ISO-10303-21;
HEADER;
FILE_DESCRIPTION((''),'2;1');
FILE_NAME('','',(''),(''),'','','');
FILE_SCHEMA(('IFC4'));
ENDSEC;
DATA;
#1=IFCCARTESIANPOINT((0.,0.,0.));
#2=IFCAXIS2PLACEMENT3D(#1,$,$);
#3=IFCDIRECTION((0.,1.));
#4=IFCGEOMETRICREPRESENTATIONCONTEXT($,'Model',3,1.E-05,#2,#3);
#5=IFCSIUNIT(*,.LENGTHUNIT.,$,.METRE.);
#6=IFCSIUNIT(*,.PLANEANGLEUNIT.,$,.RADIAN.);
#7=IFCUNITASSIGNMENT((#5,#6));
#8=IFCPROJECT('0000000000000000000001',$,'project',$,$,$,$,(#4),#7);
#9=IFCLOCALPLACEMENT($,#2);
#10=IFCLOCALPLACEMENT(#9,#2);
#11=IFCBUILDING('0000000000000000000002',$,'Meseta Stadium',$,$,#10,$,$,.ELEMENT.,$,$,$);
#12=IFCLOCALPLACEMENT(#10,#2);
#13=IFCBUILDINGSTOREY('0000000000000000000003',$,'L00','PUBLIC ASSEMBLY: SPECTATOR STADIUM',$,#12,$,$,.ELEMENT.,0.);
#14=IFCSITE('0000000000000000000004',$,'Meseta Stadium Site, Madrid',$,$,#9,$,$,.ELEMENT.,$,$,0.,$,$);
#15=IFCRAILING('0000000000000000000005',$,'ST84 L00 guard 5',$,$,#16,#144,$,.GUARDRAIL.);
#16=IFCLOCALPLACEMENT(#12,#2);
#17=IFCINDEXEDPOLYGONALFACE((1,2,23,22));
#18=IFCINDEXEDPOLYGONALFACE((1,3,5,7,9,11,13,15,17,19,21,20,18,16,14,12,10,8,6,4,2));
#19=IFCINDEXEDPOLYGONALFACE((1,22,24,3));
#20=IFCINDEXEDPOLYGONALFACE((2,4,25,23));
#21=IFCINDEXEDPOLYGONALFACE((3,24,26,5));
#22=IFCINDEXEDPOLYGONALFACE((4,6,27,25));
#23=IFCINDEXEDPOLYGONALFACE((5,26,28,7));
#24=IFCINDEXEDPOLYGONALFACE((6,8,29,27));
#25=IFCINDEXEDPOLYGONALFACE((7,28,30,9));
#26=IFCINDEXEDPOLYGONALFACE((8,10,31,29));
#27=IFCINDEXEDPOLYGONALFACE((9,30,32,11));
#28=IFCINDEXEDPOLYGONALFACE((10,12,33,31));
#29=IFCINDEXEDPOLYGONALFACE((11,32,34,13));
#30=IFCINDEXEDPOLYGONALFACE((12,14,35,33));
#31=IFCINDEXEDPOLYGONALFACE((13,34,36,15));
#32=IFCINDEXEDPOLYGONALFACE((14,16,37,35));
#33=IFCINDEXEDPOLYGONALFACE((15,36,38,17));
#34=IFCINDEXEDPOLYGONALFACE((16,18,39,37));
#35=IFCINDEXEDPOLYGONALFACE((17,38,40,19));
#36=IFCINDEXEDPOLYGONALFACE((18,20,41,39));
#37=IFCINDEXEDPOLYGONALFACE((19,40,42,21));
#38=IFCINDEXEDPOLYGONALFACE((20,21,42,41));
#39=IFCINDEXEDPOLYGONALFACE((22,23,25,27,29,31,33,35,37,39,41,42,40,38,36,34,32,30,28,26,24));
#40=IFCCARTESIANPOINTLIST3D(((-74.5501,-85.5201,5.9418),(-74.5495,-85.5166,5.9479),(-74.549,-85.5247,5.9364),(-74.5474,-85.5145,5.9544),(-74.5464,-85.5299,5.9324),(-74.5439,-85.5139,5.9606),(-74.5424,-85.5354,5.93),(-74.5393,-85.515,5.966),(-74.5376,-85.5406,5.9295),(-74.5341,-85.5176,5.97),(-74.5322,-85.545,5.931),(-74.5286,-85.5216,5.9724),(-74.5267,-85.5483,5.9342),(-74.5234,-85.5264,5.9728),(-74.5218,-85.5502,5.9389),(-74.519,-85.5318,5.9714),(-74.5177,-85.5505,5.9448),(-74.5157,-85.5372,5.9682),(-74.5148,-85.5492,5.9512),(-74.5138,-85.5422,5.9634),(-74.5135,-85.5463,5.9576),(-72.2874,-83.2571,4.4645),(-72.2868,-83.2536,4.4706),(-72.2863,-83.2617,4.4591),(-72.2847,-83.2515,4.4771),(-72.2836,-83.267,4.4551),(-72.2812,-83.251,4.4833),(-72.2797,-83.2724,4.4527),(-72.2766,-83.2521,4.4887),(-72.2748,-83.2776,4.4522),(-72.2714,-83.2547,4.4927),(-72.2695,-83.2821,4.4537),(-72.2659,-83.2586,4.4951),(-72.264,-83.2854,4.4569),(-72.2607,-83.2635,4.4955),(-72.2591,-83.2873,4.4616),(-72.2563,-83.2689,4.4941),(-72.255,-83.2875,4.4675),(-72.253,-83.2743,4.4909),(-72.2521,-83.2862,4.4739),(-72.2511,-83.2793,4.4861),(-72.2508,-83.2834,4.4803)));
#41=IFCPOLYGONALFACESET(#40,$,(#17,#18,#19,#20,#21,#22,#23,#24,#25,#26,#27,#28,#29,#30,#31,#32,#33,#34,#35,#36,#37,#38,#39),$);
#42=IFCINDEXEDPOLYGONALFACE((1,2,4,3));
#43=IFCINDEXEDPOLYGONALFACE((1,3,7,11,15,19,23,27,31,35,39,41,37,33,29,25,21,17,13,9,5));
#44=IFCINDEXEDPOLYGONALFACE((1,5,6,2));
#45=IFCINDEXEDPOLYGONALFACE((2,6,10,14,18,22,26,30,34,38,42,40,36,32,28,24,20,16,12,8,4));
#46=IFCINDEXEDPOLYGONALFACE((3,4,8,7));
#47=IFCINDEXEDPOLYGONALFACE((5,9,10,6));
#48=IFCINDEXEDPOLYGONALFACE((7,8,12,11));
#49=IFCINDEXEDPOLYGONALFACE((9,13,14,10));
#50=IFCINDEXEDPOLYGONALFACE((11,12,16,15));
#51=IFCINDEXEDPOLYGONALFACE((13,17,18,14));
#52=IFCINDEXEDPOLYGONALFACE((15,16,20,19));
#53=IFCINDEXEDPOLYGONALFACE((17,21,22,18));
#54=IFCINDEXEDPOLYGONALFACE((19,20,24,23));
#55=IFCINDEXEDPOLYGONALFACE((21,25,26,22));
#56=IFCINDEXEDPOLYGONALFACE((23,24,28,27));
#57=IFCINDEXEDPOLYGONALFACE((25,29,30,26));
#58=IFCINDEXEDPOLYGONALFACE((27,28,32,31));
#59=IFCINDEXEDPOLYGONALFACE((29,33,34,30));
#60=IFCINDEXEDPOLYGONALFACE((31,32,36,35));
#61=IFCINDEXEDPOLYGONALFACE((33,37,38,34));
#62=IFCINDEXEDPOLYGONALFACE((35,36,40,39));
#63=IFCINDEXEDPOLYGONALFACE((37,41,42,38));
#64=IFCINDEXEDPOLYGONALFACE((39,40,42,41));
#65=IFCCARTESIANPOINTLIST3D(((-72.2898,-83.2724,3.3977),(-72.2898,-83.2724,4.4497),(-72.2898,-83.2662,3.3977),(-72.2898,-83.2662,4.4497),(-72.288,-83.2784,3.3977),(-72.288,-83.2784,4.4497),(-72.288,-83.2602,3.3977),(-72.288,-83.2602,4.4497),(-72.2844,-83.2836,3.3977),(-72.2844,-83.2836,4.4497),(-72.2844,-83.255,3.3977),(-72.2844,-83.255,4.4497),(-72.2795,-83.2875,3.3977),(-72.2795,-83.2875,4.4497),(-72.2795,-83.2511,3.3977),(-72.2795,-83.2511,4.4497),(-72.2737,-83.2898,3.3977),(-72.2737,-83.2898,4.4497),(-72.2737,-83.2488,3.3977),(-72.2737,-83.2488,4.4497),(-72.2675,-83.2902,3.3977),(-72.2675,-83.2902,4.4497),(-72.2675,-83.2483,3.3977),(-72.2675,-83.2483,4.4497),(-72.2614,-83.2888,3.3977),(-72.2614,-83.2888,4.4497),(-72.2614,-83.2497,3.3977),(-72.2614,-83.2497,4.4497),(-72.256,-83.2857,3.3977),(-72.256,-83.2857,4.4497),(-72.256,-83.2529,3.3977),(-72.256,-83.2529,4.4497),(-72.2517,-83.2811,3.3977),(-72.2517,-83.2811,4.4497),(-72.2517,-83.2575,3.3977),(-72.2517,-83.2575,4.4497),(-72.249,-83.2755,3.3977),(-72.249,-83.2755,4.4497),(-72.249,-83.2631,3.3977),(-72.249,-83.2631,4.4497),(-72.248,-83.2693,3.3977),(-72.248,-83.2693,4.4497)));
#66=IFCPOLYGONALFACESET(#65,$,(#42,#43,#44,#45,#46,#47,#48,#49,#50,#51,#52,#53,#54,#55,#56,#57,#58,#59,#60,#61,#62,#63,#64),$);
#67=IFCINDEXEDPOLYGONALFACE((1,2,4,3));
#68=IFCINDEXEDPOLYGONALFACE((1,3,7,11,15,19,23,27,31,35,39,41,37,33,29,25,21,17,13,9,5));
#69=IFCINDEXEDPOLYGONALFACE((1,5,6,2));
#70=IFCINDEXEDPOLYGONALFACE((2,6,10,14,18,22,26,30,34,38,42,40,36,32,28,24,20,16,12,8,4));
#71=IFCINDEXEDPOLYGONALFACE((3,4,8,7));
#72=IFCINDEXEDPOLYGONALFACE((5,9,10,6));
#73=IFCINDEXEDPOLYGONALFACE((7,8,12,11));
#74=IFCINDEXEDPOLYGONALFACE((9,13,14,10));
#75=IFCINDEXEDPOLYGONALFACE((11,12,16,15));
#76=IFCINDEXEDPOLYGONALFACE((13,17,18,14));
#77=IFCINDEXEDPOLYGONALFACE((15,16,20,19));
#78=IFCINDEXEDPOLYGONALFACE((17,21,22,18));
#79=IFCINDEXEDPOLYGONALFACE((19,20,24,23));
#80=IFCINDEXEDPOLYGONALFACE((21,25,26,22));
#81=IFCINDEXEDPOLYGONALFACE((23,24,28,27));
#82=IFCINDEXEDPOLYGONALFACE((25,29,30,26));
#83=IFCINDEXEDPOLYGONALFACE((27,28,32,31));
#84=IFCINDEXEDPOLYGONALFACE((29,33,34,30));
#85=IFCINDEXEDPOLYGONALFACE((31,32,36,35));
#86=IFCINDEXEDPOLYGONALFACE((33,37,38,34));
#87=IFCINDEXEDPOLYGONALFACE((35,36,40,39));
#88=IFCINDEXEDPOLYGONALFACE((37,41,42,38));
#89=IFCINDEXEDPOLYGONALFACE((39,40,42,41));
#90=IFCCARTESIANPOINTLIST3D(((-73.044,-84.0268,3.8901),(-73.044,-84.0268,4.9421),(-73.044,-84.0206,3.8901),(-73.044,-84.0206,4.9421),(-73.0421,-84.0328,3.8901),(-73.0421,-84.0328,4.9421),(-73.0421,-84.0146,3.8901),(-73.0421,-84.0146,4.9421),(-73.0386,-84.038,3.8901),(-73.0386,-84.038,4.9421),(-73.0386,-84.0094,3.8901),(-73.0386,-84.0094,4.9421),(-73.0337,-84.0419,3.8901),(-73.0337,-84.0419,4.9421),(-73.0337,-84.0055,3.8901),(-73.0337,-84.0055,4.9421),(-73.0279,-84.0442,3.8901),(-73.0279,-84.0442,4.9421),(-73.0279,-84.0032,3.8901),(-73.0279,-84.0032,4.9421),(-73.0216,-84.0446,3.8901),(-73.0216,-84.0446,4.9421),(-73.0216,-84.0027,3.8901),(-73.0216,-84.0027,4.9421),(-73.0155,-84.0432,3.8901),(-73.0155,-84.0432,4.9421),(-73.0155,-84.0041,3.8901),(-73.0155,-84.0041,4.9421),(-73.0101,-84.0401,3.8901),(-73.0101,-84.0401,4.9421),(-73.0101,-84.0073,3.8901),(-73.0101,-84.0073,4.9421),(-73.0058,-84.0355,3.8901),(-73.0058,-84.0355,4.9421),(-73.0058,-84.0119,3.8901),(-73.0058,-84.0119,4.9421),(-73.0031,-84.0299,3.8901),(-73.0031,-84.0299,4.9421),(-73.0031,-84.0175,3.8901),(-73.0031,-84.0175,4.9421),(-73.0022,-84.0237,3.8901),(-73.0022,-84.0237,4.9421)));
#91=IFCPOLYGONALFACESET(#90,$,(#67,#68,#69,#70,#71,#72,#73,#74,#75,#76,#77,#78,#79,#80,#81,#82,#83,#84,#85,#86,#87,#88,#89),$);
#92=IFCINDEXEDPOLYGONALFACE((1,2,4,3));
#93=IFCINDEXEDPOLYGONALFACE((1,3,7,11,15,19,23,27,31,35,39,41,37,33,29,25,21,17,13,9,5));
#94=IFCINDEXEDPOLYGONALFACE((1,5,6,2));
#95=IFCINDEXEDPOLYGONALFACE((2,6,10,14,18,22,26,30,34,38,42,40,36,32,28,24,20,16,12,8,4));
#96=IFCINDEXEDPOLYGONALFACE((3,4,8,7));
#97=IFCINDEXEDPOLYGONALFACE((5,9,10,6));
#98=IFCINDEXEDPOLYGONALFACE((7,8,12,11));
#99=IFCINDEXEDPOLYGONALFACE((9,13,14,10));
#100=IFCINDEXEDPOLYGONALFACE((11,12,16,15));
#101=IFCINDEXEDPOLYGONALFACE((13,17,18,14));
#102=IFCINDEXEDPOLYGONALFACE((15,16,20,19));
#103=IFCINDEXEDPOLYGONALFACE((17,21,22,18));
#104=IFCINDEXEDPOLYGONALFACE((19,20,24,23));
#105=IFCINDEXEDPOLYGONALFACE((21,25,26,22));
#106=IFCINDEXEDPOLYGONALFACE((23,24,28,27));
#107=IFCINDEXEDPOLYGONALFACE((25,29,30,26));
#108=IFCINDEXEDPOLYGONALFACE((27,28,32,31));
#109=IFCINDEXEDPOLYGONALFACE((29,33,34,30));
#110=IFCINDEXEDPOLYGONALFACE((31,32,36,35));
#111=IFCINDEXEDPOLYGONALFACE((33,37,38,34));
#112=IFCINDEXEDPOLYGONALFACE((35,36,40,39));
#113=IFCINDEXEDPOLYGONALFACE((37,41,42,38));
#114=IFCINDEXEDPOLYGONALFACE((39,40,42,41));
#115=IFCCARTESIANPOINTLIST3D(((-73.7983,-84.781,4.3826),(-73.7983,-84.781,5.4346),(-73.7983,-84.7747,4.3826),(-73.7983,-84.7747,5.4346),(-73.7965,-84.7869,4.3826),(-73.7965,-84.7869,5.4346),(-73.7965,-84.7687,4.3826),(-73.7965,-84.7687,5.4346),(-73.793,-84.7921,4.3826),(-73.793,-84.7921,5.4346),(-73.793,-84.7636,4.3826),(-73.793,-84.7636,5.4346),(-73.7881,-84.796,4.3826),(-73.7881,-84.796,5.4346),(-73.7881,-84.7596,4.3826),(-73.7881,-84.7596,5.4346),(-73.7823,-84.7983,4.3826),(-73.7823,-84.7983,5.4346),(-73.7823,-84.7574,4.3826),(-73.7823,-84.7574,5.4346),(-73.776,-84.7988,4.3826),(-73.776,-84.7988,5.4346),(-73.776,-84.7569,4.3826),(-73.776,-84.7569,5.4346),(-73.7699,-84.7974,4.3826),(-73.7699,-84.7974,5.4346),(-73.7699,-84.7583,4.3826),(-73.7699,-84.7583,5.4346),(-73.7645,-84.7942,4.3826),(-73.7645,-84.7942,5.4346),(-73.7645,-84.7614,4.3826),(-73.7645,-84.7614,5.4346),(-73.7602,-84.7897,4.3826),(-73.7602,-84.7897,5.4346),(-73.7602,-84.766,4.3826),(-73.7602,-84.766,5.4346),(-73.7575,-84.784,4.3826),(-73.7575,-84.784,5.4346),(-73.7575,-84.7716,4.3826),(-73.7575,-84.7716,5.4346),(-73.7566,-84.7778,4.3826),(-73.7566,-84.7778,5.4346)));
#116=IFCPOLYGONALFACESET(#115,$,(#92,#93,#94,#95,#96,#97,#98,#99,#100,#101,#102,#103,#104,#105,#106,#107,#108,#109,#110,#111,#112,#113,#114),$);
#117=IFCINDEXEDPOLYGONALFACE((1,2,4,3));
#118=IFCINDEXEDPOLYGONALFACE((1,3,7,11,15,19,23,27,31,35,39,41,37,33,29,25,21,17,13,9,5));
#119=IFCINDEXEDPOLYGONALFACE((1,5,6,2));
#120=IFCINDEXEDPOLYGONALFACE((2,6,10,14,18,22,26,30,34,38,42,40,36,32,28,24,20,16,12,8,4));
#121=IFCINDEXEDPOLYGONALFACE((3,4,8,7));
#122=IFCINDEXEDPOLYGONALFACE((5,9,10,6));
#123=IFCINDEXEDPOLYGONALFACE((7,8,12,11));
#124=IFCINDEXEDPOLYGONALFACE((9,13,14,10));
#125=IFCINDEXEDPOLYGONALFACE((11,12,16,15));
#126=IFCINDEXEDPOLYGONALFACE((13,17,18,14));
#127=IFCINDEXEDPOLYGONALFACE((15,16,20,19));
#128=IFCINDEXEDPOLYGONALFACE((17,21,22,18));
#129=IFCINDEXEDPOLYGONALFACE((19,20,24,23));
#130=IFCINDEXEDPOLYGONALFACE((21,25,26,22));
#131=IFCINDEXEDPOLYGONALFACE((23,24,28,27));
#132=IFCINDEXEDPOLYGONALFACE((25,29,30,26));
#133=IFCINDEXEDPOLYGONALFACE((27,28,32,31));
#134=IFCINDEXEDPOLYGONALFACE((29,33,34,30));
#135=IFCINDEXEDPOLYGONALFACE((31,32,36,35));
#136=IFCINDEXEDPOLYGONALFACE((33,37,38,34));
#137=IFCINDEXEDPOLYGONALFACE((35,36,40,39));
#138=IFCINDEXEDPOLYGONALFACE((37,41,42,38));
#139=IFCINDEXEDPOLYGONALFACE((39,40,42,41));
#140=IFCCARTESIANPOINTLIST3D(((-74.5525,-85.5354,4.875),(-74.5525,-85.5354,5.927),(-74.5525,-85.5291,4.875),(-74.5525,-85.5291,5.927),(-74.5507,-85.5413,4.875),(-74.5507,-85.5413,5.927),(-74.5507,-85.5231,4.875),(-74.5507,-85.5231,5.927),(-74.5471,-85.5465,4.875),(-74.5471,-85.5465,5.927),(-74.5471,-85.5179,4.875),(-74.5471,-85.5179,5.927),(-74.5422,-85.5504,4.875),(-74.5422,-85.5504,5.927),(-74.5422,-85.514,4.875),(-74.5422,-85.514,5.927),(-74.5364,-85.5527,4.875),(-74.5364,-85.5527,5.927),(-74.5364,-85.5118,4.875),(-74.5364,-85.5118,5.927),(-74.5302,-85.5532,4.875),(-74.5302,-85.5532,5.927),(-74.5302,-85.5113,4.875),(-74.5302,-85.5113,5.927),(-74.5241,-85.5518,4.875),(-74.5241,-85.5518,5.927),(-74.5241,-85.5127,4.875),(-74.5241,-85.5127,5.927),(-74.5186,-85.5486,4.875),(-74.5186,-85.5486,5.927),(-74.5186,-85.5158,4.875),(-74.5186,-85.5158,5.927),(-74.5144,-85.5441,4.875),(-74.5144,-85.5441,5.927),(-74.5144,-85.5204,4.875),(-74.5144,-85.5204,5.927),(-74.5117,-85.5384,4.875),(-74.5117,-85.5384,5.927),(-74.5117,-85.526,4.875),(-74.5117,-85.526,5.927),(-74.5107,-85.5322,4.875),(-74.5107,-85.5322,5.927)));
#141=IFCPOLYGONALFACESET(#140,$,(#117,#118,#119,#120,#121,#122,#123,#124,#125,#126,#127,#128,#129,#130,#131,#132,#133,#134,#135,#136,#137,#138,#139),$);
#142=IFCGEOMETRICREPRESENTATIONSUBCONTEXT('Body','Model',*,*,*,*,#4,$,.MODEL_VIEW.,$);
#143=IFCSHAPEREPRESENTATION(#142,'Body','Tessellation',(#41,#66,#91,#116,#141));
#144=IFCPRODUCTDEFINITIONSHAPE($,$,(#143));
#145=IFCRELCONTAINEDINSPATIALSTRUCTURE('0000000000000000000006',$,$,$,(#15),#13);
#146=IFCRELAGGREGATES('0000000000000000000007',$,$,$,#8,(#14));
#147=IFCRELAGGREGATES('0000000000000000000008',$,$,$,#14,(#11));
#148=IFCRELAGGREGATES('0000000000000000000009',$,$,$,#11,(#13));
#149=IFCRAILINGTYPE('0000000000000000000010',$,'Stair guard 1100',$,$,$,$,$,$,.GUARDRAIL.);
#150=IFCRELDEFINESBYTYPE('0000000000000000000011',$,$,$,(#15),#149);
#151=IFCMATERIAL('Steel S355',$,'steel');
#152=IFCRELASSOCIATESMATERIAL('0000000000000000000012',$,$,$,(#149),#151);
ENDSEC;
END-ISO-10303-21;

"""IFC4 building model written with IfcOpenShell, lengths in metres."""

from ifc_helpers import new_model, si_unit, direction, frame, origin, origin_2d, place, context, subcontext, project, spatial, circle, extrude, material, type_object, element, save


model = new_model("IFC4")

# Units and contexts
model_context = context("Model", 3, precision=1e-05, world=origin(), true_north=direction((0.0, 1.0)))
body_context = subcontext(model_context, "Body", "Model", "MODEL_VIEW")
ifc_project = project(units=[si_unit("LENGTHUNIT", "METRE"), si_unit("PLANEANGLEUNIT", "RADIAN")], contexts=[model_context])

# Site, building, storey
site_placement = place(None, origin())
site = spatial("IfcSite", under=ifc_project, at=site_placement, Name="Meseta Stadium Site, Madrid", CompositionType="ELEMENT", RefElevation=0.0)
building_placement = place(site_placement, origin())
building = spatial("IfcBuilding", under=site, at=building_placement, Name="Meseta Stadium", CompositionType="ELEMENT")
storey_placement = place(building_placement, origin())
storey = spatial("IfcBuildingStorey", under=building, at=storey_placement, Name="L00", Description="PUBLIC ASSEMBLY: SPECTATOR STADIUM", CompositionType="ELEMENT", Elevation=0.0)

# Railing
ifc_material_1 = material(Name="Steel S355", Category="steel")
railing_type_1 = type_object("IfcRailingType", Name="Stair guard 1100", PredefinedType="GUARDRAIL", material=ifc_material_1)
railing_1_placement = place(storey_placement, frame((-72.269, -83.2693, 3.3977)))
element("IfcRailing", 1, at=railing_1_placement, inside=storey, type_object=railing_type_1, Name="ST84 L00 guard 5", PredefinedType="GUARDRAIL", context=body_context, shape_type="SweptSolid", body=[
    extrude(circle(Radius=0.0239, at=origin_2d()), frame((0.0, 0.0, 1.0762), z_axis=(-0.641965, -0.642034, 0.419134), x_axis=(0.707145, -0.707069, 0.0)), (0.0, 0.0, 1.0), 3.5247),
    extrude(circle(Radius=0.021, at=origin_2d()), origin(), (0.0, 0.0, 1.0), 1.052),
    extrude(circle(Radius=0.021, at=origin_2d()), frame((-0.7542, -0.7544, 0.4924)), (0.0, 0.0, 1.0), 1.052),
    extrude(circle(Radius=0.021, at=origin_2d()), frame((-1.5085, -1.5085, 0.9849)), (0.0, 0.0, 1.0), 1.052),
    extrude(circle(Radius=0.021, at=origin_2d()), frame((-2.2627, -2.2629, 1.4773)), (0.0, 0.0, 1.0), 1.052),
])

save(model, "model.ifc")
